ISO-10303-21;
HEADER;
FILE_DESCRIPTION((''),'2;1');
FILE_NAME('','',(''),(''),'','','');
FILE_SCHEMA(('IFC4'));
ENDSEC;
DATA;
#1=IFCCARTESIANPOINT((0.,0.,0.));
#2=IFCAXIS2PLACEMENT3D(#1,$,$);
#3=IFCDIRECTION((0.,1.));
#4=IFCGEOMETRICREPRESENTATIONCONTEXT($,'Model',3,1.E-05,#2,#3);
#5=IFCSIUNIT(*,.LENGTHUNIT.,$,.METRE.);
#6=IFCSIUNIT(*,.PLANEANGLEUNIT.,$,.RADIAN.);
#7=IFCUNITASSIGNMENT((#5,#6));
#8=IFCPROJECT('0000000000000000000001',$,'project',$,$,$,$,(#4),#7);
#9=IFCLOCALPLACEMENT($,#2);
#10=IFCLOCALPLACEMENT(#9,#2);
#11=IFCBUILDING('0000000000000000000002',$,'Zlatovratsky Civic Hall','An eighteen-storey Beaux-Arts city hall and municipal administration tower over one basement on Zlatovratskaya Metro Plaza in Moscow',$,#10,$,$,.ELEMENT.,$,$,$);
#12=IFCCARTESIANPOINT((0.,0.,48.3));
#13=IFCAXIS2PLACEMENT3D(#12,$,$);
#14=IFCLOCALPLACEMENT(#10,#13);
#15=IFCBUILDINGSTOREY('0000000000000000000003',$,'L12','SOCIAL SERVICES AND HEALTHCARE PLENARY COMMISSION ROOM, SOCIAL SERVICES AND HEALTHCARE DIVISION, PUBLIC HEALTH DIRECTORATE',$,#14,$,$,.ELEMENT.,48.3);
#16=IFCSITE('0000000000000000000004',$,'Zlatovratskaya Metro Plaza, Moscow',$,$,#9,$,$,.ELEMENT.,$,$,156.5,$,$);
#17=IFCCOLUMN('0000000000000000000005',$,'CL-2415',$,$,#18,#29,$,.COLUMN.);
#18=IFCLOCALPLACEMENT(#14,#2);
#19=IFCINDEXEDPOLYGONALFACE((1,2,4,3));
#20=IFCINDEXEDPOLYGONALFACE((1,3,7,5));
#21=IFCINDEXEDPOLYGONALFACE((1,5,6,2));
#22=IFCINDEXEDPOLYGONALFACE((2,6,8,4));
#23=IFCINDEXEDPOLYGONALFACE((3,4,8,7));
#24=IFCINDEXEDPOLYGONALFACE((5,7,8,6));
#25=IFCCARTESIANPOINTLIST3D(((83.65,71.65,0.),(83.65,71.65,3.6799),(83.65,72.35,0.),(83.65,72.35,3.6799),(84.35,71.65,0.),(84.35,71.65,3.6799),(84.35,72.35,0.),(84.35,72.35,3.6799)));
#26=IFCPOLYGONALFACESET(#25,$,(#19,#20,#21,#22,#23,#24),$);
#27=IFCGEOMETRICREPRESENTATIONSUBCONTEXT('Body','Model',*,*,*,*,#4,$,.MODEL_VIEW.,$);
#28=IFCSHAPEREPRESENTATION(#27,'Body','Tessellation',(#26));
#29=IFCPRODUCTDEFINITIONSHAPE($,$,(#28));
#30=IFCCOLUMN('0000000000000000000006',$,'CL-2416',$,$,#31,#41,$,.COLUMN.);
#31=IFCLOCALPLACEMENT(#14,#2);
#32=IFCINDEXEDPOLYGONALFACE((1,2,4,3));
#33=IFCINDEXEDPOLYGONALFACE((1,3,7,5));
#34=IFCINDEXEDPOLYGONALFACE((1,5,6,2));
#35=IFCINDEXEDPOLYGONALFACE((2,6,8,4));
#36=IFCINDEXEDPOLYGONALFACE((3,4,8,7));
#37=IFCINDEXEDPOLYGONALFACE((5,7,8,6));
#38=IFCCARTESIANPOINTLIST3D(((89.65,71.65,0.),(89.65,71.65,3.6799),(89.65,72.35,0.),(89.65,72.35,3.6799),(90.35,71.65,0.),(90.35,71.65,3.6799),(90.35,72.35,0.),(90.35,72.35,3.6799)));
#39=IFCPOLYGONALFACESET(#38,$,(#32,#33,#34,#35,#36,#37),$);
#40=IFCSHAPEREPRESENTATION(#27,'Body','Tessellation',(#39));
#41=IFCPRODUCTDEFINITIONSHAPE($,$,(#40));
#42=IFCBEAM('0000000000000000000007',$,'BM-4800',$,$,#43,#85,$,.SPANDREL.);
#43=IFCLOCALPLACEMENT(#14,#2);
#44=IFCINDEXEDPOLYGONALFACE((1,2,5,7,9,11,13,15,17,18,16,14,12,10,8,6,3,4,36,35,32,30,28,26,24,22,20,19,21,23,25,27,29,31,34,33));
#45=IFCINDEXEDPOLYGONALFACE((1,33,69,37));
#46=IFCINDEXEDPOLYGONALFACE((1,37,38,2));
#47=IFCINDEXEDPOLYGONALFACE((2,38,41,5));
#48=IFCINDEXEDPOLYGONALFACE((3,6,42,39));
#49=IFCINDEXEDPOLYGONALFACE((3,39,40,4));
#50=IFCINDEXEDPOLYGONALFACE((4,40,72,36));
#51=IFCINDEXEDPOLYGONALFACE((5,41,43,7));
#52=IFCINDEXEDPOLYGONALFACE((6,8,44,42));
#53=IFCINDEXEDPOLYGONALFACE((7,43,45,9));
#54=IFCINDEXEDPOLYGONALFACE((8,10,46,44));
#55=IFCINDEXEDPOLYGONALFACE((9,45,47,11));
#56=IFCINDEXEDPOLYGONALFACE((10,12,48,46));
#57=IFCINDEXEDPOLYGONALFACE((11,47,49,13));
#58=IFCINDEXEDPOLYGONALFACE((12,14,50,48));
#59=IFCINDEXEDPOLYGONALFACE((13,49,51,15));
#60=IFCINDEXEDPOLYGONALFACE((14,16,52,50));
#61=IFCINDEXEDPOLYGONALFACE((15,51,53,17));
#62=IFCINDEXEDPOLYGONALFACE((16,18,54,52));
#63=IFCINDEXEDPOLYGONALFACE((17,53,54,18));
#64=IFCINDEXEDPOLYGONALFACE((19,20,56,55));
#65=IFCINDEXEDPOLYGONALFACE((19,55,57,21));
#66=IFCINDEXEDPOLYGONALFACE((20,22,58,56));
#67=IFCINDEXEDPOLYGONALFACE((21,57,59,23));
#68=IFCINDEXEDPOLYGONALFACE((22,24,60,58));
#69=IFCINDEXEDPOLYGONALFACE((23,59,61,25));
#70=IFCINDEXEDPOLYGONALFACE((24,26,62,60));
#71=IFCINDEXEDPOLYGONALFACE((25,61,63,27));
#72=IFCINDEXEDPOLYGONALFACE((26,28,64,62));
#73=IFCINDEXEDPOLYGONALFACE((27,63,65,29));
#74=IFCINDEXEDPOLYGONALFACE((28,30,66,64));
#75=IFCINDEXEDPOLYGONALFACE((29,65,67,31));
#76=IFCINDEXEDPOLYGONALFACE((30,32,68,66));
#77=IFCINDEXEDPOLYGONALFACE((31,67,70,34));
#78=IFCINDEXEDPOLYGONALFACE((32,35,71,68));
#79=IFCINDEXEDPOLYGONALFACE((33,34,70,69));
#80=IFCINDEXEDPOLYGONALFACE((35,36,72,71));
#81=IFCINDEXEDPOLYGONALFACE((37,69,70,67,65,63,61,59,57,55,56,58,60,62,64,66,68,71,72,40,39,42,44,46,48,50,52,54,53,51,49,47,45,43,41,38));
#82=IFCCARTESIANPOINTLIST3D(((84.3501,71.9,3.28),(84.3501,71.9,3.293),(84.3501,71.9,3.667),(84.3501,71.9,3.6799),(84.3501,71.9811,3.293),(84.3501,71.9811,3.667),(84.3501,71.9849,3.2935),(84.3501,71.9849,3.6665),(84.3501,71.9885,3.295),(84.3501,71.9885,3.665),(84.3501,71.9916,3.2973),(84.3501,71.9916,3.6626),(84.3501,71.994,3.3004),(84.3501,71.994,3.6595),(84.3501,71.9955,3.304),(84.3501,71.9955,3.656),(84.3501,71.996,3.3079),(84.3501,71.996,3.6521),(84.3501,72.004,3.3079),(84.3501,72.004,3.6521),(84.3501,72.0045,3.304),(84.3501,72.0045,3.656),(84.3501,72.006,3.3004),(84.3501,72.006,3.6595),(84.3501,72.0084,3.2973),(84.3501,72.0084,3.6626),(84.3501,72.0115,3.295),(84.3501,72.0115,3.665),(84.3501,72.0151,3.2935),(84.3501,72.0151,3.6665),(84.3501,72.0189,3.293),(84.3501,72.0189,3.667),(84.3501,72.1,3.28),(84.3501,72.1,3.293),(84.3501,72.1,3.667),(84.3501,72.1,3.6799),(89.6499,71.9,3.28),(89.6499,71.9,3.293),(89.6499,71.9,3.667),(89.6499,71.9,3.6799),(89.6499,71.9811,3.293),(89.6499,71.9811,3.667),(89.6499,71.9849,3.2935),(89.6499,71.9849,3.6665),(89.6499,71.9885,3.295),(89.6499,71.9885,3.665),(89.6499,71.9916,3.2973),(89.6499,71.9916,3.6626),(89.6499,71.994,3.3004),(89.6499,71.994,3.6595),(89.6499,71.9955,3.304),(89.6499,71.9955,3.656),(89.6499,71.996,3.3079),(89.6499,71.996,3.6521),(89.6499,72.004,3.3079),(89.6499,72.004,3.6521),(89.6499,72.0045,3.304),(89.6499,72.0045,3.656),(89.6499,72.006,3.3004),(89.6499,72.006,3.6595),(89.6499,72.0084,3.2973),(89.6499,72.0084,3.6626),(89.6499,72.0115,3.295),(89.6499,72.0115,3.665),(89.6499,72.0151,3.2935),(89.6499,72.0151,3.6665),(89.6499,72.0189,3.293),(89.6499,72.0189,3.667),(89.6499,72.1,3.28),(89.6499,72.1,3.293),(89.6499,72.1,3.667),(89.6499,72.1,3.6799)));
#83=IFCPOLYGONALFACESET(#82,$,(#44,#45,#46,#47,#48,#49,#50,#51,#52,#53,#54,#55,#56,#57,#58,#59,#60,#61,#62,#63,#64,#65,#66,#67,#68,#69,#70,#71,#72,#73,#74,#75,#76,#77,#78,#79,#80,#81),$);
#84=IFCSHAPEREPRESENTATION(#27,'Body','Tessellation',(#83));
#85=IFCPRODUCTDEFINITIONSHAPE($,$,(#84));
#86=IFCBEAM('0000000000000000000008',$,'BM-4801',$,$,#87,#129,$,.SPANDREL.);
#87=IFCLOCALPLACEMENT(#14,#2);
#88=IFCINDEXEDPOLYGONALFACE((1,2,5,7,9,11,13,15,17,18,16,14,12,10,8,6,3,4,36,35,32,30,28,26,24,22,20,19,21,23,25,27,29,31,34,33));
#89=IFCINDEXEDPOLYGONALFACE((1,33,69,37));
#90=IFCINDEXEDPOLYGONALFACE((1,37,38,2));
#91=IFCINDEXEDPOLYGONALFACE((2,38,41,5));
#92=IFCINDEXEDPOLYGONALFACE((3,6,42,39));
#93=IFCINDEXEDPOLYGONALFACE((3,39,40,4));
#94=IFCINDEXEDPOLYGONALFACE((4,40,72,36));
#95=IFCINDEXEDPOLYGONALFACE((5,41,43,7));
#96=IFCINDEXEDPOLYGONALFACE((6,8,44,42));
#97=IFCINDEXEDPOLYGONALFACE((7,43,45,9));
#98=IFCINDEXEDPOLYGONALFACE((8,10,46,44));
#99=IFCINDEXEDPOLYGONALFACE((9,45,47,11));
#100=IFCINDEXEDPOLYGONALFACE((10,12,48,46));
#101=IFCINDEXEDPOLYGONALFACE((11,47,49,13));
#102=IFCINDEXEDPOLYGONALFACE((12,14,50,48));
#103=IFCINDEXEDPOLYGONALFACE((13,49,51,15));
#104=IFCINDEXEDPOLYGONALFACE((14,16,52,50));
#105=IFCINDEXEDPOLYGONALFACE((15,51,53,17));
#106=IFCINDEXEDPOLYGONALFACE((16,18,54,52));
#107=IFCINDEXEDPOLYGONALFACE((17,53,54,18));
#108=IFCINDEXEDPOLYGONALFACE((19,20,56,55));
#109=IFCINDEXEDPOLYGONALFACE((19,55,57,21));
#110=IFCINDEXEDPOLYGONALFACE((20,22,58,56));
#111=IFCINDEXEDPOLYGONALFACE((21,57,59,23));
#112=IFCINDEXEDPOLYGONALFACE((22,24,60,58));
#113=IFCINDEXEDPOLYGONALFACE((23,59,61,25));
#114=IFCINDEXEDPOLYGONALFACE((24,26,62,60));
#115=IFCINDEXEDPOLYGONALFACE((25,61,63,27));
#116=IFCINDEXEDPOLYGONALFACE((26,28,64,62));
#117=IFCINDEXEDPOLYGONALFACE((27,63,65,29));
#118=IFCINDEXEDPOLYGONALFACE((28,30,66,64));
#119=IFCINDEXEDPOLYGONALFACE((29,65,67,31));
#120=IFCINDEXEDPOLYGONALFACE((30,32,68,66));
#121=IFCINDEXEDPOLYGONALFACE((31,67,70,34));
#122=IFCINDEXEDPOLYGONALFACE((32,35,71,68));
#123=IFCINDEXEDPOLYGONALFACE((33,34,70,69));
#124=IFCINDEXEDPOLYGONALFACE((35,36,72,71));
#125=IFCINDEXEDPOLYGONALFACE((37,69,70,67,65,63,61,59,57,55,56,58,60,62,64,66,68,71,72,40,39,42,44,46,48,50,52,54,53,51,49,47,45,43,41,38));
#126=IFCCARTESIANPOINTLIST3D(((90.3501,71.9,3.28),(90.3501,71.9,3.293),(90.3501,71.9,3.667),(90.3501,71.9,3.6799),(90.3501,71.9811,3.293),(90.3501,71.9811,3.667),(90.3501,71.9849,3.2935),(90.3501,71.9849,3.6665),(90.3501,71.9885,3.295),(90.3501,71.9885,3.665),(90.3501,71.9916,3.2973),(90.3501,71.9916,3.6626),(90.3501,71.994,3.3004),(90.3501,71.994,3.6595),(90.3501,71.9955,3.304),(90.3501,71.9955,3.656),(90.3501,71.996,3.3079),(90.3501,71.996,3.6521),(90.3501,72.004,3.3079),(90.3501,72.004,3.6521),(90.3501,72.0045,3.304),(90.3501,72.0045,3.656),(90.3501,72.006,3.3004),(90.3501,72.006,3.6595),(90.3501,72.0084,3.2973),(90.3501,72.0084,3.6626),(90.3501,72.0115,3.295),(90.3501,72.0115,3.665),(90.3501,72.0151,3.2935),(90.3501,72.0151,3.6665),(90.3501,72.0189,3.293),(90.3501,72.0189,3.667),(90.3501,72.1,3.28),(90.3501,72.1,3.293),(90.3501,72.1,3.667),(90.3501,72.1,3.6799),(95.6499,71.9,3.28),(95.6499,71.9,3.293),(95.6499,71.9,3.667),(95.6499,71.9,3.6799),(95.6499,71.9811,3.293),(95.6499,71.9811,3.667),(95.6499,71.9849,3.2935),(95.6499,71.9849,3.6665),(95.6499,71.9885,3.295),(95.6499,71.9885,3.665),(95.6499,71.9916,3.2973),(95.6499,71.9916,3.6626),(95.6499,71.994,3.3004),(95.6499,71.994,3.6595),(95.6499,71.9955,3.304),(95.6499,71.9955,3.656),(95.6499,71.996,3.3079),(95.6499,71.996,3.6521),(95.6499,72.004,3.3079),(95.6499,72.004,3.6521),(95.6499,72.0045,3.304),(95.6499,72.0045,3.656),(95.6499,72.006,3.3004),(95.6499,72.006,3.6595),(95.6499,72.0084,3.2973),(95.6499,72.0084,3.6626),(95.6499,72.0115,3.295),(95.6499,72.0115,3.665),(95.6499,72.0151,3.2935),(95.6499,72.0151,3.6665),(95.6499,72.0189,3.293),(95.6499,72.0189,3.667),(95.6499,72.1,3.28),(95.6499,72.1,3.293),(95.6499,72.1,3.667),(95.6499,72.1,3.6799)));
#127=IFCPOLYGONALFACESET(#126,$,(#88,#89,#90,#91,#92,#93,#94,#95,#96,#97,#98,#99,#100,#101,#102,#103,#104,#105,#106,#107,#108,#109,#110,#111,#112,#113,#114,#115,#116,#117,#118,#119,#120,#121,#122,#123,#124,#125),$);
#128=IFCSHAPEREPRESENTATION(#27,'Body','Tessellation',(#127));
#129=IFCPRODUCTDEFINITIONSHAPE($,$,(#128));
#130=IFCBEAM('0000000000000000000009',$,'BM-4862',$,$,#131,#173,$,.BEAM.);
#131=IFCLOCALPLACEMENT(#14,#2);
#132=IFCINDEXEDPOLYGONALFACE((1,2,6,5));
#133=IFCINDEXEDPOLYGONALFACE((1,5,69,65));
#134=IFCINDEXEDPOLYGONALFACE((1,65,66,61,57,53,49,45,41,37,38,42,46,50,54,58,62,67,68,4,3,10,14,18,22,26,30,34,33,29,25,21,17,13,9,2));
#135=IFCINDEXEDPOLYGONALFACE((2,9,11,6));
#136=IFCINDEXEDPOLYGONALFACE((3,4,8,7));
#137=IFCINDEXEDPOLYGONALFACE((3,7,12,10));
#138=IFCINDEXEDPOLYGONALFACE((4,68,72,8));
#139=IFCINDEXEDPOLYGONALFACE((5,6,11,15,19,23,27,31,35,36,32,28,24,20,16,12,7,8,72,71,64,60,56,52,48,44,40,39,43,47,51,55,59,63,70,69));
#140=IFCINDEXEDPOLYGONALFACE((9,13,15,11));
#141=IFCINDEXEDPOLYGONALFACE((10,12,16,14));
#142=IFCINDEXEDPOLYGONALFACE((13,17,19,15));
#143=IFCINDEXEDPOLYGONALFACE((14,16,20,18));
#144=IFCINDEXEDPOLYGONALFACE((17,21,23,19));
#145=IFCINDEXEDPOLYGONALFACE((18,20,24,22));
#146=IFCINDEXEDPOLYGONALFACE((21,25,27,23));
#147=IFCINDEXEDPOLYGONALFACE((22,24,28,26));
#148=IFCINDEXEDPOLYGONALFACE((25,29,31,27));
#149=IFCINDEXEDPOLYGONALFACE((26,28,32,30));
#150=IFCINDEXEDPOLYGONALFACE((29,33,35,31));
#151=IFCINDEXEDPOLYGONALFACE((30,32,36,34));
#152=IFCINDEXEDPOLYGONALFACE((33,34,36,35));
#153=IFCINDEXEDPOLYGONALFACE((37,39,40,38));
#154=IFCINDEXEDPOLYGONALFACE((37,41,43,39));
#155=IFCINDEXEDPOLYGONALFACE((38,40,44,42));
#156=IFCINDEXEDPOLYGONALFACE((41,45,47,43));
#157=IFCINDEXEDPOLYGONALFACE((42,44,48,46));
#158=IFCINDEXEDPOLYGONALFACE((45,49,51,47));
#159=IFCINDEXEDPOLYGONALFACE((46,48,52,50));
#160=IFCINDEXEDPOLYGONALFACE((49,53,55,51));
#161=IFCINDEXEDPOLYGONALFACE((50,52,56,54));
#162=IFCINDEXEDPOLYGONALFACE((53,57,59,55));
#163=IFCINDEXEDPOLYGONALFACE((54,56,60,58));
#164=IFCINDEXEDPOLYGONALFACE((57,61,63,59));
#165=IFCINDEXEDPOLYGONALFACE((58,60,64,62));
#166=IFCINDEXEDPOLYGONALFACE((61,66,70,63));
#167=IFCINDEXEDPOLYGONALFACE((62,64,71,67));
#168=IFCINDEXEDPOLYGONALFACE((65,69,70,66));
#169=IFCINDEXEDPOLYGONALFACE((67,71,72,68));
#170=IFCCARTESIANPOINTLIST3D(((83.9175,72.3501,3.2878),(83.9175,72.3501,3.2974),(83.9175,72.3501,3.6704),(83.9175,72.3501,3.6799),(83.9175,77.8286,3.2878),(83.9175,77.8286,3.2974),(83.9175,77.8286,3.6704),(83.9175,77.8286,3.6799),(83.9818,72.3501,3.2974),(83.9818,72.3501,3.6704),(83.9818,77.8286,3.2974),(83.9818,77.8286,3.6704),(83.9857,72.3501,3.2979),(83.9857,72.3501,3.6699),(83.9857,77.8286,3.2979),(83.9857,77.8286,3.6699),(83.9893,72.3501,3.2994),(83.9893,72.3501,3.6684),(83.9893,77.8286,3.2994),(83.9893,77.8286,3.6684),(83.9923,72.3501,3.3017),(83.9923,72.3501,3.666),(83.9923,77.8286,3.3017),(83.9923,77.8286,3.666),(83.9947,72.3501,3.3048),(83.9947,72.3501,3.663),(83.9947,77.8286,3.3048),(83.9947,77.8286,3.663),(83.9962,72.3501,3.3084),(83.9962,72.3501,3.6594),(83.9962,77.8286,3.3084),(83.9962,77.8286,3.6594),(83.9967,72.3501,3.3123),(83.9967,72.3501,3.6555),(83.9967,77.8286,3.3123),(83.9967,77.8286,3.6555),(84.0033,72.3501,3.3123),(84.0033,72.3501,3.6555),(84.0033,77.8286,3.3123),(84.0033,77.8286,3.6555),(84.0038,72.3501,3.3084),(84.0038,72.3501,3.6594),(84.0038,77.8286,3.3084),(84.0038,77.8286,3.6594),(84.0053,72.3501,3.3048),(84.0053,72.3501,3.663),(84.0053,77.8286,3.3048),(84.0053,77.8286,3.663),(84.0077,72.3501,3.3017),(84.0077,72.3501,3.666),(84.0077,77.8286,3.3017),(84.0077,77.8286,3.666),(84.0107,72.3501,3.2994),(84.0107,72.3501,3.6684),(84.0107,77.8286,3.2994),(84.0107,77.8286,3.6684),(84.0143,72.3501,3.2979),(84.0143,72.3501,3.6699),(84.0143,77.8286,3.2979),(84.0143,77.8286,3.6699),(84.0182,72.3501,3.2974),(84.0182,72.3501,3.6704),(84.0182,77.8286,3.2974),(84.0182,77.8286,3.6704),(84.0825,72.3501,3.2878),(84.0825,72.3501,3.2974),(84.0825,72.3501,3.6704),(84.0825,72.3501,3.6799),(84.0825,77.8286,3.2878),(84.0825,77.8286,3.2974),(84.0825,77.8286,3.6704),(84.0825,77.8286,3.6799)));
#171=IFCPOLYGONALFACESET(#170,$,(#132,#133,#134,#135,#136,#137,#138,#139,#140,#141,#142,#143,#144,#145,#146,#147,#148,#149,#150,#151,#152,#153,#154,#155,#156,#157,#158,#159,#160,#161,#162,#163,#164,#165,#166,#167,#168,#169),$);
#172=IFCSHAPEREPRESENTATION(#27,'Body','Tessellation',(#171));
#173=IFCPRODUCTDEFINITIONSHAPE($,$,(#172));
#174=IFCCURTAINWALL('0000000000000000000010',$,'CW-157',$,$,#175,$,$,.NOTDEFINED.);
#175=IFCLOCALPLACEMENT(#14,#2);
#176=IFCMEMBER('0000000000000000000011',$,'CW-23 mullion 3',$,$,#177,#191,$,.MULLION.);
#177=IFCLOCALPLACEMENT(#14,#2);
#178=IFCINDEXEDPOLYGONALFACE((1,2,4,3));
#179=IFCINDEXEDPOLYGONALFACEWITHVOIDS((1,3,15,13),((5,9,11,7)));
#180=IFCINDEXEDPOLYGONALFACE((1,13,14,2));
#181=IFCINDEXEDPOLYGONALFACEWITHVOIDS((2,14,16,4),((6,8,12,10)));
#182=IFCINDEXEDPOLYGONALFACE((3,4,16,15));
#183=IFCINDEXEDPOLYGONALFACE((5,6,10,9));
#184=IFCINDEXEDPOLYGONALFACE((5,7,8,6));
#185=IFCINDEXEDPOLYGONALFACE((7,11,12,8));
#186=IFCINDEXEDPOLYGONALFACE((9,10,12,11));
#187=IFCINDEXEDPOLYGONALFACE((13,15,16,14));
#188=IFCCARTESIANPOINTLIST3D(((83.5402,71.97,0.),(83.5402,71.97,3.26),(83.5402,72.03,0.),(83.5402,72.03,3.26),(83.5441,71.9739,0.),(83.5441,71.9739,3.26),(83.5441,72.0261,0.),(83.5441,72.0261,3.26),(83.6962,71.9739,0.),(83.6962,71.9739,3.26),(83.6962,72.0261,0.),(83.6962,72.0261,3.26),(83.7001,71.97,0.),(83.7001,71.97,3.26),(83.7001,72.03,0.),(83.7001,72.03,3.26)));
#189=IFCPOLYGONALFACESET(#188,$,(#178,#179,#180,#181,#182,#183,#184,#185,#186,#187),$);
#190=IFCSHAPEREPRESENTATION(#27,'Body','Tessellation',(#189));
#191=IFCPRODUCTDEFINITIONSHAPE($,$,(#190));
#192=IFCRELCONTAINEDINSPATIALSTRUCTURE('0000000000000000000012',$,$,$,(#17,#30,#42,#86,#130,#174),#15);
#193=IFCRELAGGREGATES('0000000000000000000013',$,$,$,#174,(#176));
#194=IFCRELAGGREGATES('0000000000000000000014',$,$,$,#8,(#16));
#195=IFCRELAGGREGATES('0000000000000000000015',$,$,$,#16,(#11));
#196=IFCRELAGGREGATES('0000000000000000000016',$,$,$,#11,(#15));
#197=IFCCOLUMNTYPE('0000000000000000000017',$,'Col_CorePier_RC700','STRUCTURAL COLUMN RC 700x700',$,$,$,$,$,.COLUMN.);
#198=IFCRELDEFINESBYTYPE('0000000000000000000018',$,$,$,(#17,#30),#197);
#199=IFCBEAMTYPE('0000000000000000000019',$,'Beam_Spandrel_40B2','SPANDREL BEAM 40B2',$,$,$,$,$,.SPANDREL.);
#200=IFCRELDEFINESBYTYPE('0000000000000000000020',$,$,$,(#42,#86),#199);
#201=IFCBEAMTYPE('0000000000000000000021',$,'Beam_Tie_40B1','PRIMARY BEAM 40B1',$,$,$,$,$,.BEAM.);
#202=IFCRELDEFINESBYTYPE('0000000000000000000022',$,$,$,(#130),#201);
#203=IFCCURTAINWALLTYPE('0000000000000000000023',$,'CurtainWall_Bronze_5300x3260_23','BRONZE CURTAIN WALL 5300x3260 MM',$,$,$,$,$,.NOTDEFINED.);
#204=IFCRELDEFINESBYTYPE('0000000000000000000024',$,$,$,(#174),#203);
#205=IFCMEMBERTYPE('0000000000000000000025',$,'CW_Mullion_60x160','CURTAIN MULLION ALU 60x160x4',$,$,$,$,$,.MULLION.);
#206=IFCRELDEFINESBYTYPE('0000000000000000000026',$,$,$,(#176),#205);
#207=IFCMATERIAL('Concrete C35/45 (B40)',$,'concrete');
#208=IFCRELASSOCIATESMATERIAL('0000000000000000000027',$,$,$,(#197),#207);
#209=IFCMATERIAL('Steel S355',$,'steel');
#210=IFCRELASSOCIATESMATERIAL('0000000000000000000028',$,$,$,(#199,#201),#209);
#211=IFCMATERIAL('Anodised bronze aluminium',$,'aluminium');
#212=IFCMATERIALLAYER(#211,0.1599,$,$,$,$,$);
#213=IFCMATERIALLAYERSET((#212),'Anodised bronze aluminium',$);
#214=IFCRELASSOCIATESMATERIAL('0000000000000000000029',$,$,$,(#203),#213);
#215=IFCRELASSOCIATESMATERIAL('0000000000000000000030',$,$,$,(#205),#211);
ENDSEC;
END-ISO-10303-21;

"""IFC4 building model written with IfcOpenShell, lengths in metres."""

from ifc_helpers import new_model, si_unit, direction, frame, origin, origin_2d, place, context, subcontext, project, spatial, rectangle, hollow_rectangle, i_section, extrude, material, layer, layer_set, material_profile, profile_set, type_object, element, aggregate, save


model = new_model("IFC4")

# Units and contexts
model_context = context("Model", 3, precision=1e-05, world=origin(), true_north=direction((0.0, 1.0)))
body_context = subcontext(model_context, "Body", "Model", "MODEL_VIEW")
ifc_project = project(units=[si_unit("LENGTHUNIT", "METRE"), si_unit("PLANEANGLEUNIT", "RADIAN")], contexts=[model_context])

# Site, building, storey
site_placement = place(None, origin())
site = spatial("IfcSite", under=ifc_project, at=site_placement, Name="Zlatovratskaya Metro Plaza, Moscow", CompositionType="ELEMENT", RefElevation=156.5)
building_placement = place(site_placement, origin())
building = spatial("IfcBuilding", under=site, at=building_placement, Name="Zlatovratsky Civic Hall", Description="An eighteen-storey Beaux-Arts city hall and municipal administration tower over one basement on Zlatovratskaya Metro Plaza in Moscow", CompositionType="ELEMENT")
storey_placement = place(building_placement, frame((0.0, 0.0, 48.3)))
storey = spatial("IfcBuildingStorey", under=building, at=storey_placement, Name="L12", Description="SOCIAL SERVICES AND HEALTHCARE PLENARY COMMISSION ROOM, SOCIAL SERVICES AND HEALTHCARE DIVISION, PUBLIC HEALTH DIRECTORATE", CompositionType="ELEMENT", Elevation=48.3)

# Columns
ifc_material_1 = material(Name="Concrete C35/45 (B40)", Category="concrete")
ifc_material_profile_1 = material_profile(ifc_material_1, rectangle(XDim=0.7, YDim=0.7, at=origin_2d()), Name="RC 700x700")
ifc_profile_set_1 = profile_set([ifc_material_profile_1], Name="Concrete C35/45 (B40)")
column_type = type_object("IfcColumnType", Name="Col_CorePier_RC700", Description="STRUCTURAL COLUMN RC 700x700", PredefinedType="COLUMN", material=ifc_profile_set_1)
for number, where, z_axis, x_axis, name in (
    (1, (84.0, 72.0, 0.0), (0.0, 0.0, 1.0), (1.0, 0.0, 0.0), "CL-2415"),
    (2, (90.0, 72.0, 0.0), (0.0, 0.0, 1.0), (1.0, 0.0, 0.0), "CL-2416"),
):
    element("IfcColumn", number, at=place(storey_placement, frame(where, z_axis=z_axis, x_axis=x_axis)), inside=storey, type_object=column_type, Name=name, PredefinedType="COLUMN", context=body_context, shape_type="SweptSolid", body=[
        extrude(rectangle(XDim=0.7, YDim=0.7, at=origin_2d()), origin(), (0.0, 0.0, 1.0), 3.6799),
    ])

# Beams
ifc_material_2 = material(Name="Steel S355", Category="steel")
ifc_material_profile_2 = material_profile(ifc_material_2, i_section(OverallWidth=0.2, OverallDepth=0.3999, WebThickness=0.0081, FlangeThickness=0.0129, FilletRadius=0.0149, at=origin_2d()), Name="40B2")
ifc_profile_set_2 = profile_set([ifc_material_profile_2], Name="Steel S355")
beam_type_1 = type_object("IfcBeamType", Name="Beam_Spandrel_40B2", Description="SPANDREL BEAM 40B2", PredefinedType="SPANDREL", material=ifc_profile_set_2)
for number, where, z_axis, x_axis, name in (
    (3, (84.3501, 72.0, 3.48), (1.0, 0.0, 0.0), (0.0, 1.0, 0.0), "BM-4800"),
    (4, (90.3501, 72.0, 3.48), (1.0, 0.0, 0.0), (0.0, 1.0, 0.0), "BM-4801"),
):
    element("IfcBeam", number, at=place(storey_placement, frame(where, z_axis=z_axis, x_axis=x_axis)), inside=storey, type_object=beam_type_1, Name=name, PredefinedType="SPANDREL", context=body_context, shape_type="SweptSolid", body=[
        extrude(i_section(OverallWidth=0.2, OverallDepth=0.3999, WebThickness=0.0081, FlangeThickness=0.0129, FilletRadius=0.0149, at=origin_2d()), origin(), (0.0, 0.0, 1.0), 5.2998),
    ])
ifc_material_profile_3 = material_profile(ifc_material_2, i_section(OverallWidth=0.165, OverallDepth=0.3921, WebThickness=0.0066, FlangeThickness=0.0095, FilletRadius=0.0149, at=origin_2d()), Name="40B1")
ifc_profile_set_3 = profile_set([ifc_material_profile_3], Name="Steel S355")
beam_type_2 = type_object("IfcBeamType", Name="Beam_Tie_40B1", Description="PRIMARY BEAM 40B1", PredefinedType="BEAM", material=ifc_profile_set_3)
beam_placement = place(storey_placement, frame((84.0, 72.3501, 3.4839), z_axis=(0.0, 1.0, 0.0), x_axis=(-1.0, 0.0, 0.0)))
element("IfcBeam", 5, at=beam_placement, inside=storey, type_object=beam_type_2, Name="BM-4862", PredefinedType="BEAM", context=body_context, shape_type="SweptSolid", body=[
    extrude(i_section(OverallWidth=0.165, OverallDepth=0.3921, WebThickness=0.0066, FlangeThickness=0.0095, FilletRadius=0.0149, at=origin_2d()), origin(), (0.0, 0.0, 1.0), 5.4785),
])

# Curtain wall, member
ifc_material_3 = material(Name="Anodised bronze aluminium", Category="aluminium")
ifc_layer_1 = layer(ifc_material_3, 0.1599)
ifc_layer_set_1 = layer_set([ifc_layer_1], Name="Anodised bronze aluminium")
curtain_wall_type = type_object("IfcCurtainWallType", Name="CurtainWall_Bronze_5300x3260_23", Description="BRONZE CURTAIN WALL 5300x3260 MM", PredefinedType="NOTDEFINED", material=ifc_layer_set_1)
curtain_wall_1_placement = place(storey_placement, origin())
curtain_wall_1 = element("IfcCurtainWall", 6, at=curtain_wall_1_placement, inside=storey, type_object=curtain_wall_type, Name="CW-157", PredefinedType="NOTDEFINED")
ifc_material_profile_4 = material_profile(ifc_material_3, hollow_rectangle(XDim=0.0601, YDim=0.1599, WallThickness=0.0039, at=origin_2d()), Name="ALU 60x160x4")
ifc_profile_set_4 = profile_set([ifc_material_profile_4], Name="Anodised bronze aluminium")
member_type_1 = type_object("IfcMemberType", Name="CW_Mullion_60x160", Description="CURTAIN MULLION ALU 60x160x4", PredefinedType="MULLION", material=ifc_profile_set_4)
member_1_placement = place(storey_placement, frame((83.6201, 72.0, 0.0), z_axis=(0.0, 0.0, 1.0), x_axis=(0.0, 1.0, 0.0)))
member_1 = element("IfcMember", 7, at=member_1_placement, type_object=member_type_1, Name="CW-23 mullion 3", PredefinedType="MULLION", context=body_context, shape_type="SweptSolid", body=[
    extrude(hollow_rectangle(XDim=0.0601, YDim=0.1599, WallThickness=0.0039, at=origin_2d()), origin(), (0.0, 0.0, 1.0), 3.26),
])
aggregate(curtain_wall_1, [member_1])

save(model, "model.ifc")
